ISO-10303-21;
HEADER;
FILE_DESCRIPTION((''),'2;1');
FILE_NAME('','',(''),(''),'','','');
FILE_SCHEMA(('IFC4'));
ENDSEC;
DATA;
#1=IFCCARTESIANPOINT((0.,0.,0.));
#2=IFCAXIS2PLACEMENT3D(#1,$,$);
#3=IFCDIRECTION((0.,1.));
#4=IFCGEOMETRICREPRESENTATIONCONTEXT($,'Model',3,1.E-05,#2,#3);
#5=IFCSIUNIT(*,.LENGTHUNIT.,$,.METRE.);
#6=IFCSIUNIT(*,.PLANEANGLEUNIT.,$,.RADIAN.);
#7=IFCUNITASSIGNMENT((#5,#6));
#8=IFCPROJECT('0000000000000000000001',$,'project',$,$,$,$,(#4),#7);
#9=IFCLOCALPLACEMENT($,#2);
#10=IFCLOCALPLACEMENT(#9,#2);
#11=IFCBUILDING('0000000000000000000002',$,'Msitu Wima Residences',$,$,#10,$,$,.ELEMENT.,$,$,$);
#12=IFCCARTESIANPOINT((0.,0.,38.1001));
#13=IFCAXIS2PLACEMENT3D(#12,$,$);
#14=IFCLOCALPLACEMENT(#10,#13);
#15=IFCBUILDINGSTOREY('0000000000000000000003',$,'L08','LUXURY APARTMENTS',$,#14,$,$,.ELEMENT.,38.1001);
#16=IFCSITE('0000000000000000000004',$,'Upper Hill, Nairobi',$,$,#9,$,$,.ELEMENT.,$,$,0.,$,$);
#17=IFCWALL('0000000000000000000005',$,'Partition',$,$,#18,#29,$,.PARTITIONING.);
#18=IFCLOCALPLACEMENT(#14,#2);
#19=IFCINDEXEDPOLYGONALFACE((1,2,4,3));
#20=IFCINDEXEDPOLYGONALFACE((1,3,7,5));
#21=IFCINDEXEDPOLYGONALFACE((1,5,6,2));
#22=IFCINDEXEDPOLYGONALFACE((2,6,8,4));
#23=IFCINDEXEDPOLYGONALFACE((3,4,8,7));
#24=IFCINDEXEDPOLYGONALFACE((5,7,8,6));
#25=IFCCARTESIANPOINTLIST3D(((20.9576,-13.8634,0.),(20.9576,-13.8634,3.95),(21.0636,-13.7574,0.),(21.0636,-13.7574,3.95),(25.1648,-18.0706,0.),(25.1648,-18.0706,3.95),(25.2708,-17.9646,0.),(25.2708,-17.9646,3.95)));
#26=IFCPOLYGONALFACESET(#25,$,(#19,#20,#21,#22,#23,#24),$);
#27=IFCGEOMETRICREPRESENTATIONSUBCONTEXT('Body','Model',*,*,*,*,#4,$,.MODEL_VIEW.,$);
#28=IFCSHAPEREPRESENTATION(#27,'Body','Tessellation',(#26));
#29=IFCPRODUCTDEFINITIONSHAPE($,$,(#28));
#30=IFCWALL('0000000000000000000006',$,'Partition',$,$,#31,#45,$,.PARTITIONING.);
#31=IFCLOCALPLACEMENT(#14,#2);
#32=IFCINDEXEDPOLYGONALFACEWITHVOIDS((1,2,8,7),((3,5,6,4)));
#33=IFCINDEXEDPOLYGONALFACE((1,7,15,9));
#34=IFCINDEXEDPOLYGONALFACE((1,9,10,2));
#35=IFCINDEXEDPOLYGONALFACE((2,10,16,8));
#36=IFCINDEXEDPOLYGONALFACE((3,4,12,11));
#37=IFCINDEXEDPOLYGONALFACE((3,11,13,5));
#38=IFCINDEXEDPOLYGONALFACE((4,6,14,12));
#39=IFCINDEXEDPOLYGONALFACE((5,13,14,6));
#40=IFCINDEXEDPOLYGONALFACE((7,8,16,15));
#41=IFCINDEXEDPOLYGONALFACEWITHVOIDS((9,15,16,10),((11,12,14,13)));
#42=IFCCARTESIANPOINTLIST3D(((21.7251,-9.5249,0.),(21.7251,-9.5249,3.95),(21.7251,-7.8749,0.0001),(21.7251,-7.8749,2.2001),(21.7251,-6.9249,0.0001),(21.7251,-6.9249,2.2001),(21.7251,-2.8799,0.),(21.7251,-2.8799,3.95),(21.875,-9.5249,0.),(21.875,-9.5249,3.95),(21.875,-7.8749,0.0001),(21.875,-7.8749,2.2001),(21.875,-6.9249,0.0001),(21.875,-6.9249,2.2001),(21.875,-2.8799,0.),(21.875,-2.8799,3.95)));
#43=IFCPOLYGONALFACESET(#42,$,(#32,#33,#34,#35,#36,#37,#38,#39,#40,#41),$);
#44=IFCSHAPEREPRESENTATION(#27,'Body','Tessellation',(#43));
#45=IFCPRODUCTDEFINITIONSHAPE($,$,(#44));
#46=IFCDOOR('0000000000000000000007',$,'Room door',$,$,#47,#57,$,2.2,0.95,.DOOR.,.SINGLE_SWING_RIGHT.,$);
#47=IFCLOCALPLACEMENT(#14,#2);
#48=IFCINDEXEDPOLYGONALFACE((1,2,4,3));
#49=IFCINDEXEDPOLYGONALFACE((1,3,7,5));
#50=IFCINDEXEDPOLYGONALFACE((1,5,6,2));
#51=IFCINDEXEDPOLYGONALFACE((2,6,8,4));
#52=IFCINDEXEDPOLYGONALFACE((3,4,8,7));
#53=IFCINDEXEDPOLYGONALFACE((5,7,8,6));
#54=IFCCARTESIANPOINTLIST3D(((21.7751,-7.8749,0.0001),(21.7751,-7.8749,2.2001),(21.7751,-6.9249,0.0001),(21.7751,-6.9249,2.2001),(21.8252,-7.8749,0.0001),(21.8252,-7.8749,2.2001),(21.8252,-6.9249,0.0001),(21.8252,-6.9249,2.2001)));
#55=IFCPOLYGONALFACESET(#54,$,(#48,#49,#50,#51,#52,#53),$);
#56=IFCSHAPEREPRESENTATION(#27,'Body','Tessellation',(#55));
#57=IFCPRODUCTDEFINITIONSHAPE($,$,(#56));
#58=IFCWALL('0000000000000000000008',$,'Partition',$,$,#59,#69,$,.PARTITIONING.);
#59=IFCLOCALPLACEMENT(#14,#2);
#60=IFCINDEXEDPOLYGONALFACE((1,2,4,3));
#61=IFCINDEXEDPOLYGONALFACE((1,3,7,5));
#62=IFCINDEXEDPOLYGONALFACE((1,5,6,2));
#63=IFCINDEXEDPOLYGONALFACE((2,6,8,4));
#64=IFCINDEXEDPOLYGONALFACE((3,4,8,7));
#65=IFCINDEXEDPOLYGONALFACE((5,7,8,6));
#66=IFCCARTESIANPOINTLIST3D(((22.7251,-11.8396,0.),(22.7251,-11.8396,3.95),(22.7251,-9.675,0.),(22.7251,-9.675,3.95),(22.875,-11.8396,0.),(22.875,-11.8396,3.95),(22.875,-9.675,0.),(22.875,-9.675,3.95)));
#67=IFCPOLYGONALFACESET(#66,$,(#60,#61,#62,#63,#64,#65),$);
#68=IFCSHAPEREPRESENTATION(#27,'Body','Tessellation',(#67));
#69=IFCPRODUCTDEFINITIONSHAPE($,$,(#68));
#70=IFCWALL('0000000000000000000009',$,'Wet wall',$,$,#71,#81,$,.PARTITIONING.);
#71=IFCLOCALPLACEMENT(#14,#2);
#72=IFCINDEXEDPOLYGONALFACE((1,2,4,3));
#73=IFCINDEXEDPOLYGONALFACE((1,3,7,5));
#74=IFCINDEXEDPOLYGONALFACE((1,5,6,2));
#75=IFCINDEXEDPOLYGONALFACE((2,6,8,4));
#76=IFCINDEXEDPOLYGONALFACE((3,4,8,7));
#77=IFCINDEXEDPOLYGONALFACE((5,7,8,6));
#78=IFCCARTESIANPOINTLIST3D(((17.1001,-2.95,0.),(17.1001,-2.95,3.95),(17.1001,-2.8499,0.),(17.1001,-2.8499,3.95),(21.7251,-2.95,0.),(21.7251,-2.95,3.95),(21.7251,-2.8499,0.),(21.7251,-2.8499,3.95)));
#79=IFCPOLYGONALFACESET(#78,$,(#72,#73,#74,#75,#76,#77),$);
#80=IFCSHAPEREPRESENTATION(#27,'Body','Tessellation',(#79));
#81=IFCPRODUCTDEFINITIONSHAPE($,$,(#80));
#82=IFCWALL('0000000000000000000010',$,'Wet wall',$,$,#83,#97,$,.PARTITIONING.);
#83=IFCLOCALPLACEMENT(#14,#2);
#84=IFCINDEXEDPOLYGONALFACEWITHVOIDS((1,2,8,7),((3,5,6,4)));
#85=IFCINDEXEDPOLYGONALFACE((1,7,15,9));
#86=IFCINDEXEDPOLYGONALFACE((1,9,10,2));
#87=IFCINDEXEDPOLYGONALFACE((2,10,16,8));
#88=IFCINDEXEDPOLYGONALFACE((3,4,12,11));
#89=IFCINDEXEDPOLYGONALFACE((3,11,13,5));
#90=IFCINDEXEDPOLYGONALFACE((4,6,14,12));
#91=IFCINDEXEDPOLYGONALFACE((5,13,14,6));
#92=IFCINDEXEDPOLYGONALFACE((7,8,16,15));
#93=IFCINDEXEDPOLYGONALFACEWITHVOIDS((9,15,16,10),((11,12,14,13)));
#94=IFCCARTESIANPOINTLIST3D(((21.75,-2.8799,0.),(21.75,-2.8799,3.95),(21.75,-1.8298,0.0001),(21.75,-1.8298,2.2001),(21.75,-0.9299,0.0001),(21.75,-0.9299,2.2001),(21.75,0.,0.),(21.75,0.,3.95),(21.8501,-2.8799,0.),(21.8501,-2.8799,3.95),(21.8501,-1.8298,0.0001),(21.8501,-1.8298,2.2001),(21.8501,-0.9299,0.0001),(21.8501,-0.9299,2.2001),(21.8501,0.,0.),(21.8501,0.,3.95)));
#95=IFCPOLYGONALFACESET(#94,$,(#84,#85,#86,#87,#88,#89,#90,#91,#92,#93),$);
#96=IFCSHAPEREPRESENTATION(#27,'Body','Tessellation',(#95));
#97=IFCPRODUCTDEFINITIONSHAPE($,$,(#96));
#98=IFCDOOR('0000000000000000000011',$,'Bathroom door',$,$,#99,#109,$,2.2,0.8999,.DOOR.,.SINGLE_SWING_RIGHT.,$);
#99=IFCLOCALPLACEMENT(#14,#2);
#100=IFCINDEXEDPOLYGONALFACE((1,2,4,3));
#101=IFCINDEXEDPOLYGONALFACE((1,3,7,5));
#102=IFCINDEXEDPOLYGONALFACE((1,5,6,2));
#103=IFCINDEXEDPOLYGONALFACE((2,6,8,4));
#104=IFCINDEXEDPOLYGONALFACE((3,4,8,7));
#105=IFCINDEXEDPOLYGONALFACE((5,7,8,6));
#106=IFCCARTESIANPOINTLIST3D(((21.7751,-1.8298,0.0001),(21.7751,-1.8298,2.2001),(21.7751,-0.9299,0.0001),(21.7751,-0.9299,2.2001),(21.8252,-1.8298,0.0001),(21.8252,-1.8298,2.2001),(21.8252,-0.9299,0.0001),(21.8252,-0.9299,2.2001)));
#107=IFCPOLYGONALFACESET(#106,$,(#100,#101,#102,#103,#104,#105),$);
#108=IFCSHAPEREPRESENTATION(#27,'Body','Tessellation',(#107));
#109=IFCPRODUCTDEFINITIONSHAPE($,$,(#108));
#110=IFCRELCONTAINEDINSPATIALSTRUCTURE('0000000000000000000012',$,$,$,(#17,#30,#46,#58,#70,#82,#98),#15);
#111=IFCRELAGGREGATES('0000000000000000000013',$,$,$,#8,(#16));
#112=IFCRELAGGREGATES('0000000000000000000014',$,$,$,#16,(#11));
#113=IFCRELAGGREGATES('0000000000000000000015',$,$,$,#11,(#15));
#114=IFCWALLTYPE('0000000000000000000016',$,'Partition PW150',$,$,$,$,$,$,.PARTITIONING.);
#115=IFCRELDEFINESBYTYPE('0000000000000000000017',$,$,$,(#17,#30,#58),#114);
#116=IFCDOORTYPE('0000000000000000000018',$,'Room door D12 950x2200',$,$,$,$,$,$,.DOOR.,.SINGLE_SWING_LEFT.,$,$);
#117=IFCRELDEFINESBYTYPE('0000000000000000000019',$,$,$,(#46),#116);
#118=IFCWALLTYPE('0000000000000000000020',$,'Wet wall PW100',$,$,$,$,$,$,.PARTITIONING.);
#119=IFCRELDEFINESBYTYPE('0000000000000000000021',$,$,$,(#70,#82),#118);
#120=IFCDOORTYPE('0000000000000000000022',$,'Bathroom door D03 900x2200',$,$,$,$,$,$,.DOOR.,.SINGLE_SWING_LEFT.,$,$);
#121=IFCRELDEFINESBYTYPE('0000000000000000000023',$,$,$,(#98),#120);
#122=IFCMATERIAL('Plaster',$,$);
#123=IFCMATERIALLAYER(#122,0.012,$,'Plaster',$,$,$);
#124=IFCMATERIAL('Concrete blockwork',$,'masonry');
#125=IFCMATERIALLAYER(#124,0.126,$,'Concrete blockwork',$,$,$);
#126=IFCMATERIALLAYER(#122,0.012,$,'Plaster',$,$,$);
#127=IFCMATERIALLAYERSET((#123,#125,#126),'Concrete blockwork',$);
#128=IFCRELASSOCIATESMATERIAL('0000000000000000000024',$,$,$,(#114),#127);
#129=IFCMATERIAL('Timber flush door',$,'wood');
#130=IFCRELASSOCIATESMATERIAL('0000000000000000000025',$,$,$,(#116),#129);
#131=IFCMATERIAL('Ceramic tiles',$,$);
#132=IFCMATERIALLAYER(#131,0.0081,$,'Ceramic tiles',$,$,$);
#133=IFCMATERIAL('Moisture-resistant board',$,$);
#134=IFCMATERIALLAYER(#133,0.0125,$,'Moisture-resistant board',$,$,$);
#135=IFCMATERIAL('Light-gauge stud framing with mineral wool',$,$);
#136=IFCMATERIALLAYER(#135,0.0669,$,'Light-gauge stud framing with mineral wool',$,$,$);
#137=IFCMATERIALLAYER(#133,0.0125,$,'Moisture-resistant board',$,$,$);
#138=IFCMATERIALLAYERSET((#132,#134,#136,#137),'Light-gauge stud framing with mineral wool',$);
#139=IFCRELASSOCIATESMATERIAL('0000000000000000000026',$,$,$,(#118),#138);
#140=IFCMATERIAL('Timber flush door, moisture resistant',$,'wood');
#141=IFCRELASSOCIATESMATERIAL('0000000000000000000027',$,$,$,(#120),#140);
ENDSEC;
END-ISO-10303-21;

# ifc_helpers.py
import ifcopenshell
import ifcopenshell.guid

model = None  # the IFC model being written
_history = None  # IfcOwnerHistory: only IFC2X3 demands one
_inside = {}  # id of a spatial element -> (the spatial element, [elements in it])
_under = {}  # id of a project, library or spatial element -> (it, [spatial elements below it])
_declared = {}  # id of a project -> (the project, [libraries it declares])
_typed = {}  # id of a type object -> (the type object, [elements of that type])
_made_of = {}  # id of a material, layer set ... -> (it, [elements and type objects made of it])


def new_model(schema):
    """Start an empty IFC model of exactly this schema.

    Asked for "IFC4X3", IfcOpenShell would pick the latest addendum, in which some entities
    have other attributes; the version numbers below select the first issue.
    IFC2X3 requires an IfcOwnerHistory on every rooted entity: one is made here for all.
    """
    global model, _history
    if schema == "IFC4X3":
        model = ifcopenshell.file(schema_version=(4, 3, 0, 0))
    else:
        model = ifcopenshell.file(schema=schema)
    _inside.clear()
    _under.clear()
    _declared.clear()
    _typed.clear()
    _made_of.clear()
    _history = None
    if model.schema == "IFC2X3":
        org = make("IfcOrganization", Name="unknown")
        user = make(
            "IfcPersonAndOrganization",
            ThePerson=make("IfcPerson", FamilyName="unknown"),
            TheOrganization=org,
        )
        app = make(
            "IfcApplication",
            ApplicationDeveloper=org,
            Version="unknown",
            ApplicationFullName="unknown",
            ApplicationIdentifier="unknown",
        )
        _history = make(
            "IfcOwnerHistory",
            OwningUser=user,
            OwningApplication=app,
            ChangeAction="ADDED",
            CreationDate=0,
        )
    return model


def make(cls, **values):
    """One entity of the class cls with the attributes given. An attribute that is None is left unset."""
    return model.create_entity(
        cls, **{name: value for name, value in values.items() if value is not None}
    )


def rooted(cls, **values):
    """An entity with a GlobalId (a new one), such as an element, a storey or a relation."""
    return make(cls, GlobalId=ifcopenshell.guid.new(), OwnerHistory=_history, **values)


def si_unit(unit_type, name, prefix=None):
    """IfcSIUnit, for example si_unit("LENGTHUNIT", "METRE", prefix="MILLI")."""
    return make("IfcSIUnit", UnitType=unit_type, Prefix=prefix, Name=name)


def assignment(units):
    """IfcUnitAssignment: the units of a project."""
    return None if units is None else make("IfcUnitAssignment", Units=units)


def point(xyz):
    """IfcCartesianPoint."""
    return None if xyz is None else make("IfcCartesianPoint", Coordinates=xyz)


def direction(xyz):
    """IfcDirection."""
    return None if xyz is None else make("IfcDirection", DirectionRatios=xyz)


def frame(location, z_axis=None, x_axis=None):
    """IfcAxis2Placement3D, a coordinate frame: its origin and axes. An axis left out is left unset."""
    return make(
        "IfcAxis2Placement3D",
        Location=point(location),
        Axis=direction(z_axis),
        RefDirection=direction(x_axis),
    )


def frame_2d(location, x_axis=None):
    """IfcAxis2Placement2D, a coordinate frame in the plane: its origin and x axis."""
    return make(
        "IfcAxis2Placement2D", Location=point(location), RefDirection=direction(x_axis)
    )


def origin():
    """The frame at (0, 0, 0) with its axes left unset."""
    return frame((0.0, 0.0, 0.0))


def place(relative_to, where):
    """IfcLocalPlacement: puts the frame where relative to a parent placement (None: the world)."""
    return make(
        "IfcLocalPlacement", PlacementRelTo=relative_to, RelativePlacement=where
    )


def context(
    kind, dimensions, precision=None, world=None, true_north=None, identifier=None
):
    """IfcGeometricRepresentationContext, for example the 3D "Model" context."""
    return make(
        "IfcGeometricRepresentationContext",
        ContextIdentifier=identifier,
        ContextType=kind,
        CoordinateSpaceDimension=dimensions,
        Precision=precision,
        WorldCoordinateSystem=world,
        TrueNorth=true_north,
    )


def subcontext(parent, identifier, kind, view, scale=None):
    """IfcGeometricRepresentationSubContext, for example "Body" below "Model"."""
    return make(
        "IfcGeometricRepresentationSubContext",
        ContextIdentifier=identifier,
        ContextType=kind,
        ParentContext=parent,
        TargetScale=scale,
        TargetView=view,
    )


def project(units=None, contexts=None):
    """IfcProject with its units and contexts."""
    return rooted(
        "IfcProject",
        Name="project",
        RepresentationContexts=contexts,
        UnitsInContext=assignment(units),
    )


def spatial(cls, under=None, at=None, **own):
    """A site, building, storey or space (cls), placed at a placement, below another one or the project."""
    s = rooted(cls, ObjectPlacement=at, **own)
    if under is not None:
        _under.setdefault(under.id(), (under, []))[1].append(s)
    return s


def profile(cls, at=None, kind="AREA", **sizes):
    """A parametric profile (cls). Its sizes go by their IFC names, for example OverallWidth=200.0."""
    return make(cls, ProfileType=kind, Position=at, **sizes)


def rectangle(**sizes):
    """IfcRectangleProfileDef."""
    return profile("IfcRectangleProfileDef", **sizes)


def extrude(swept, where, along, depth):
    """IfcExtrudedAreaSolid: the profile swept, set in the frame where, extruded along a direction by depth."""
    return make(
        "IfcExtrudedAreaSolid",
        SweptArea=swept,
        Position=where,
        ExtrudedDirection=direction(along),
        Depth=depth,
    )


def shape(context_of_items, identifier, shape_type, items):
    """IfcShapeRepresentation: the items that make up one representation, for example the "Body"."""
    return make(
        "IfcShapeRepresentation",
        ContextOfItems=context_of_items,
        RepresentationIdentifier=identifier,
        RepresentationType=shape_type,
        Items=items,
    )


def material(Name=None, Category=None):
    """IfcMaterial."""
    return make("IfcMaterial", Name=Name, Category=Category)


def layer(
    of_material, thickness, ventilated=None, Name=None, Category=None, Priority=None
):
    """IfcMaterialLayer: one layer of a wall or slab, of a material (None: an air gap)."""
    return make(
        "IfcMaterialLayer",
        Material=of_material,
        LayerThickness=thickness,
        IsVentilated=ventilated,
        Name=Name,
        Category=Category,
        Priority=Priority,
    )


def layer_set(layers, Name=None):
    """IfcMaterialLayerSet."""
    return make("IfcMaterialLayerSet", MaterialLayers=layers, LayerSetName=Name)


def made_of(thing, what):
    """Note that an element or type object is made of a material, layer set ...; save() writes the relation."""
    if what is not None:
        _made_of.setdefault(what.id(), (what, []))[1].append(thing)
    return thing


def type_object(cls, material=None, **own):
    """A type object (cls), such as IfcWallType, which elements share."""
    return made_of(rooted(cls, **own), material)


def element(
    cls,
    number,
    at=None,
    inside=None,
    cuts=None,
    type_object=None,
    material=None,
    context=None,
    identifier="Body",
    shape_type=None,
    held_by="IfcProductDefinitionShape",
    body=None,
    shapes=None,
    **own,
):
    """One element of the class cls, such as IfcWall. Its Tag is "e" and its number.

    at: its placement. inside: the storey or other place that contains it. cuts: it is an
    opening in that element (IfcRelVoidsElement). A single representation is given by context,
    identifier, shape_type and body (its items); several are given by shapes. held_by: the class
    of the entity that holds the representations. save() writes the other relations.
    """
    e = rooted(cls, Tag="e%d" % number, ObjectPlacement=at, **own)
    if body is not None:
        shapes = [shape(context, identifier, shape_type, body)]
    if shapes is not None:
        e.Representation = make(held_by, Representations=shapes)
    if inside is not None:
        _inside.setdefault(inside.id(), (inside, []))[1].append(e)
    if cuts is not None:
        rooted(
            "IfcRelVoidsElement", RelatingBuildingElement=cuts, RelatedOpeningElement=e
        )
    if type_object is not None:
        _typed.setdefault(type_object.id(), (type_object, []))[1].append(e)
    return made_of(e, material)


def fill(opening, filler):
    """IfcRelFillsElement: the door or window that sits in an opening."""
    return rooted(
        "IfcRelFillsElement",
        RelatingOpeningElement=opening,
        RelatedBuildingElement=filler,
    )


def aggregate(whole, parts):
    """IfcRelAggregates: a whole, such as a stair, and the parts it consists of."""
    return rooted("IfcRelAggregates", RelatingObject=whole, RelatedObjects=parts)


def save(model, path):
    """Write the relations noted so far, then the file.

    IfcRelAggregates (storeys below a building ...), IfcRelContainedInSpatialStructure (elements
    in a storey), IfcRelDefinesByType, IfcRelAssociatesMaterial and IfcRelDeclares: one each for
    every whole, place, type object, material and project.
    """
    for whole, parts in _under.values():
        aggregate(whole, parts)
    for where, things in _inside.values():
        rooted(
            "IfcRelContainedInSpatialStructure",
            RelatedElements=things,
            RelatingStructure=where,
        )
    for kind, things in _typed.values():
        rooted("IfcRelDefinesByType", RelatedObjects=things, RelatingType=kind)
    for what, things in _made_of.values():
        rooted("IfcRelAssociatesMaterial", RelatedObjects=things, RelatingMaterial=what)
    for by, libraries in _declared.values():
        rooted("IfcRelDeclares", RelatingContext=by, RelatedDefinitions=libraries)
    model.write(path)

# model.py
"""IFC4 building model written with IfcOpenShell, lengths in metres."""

from ifc_helpers import new_model, si_unit, direction, frame, frame_2d, origin, place, context, subcontext, project, spatial, rectangle, extrude, material, layer, layer_set, type_object, element, fill, save


model = new_model("IFC4")

# Units and contexts
model_context = context("Model", 3, precision=1e-05, world=origin(), true_north=direction((0.0, 1.0)))
body_context = subcontext(model_context, "Body", "Model", "MODEL_VIEW")
ifc_project = project(units=[si_unit("LENGTHUNIT", "METRE"), si_unit("PLANEANGLEUNIT", "RADIAN")], contexts=[model_context])

# Site, building, storey
site_placement = place(None, origin())
site = spatial("IfcSite", under=ifc_project, at=site_placement, Name="Upper Hill, Nairobi", CompositionType="ELEMENT", RefElevation=0.0)
building_placement = place(site_placement, origin())
building = spatial("IfcBuilding", under=site, at=building_placement, Name="Msitu Wima Residences", CompositionType="ELEMENT")
storey_placement = place(building_placement, frame((0.0, 0.0, 38.1001)))
storey = spatial("IfcBuildingStorey", under=building, at=storey_placement, Name="L08", Description="LUXURY APARTMENTS", CompositionType="ELEMENT", Elevation=38.1001)

# Shared definitions
ifc_material_1 = material(Name="Plaster")
ifc_material_2 = material(Name="Concrete blockwork", Category="masonry")
ifc_layer_1 = layer(ifc_material_1, 0.012, Name="Plaster")
ifc_layer_2 = layer(ifc_material_2, 0.126, Name="Concrete blockwork")
ifc_layer_3 = layer(ifc_material_1, 0.012, Name="Plaster")
ifc_layer_set_1 = layer_set([ifc_layer_1, ifc_layer_2, ifc_layer_3], Name="Concrete blockwork")
wall_type_1 = type_object("IfcWallType", Name="Partition PW150", PredefinedType="PARTITIONING", material=ifc_layer_set_1)
ifc_material_3 = material(Name="Timber flush door", Category="wood")
door_type_1 = type_object("IfcDoorType", Name="Room door D12 950x2200", OperationType="SINGLE_SWING_LEFT", PredefinedType="DOOR", material=ifc_material_3)

# Wall
wall_1_placement = place(storey_placement, frame((21.0105, -13.8103, 0.0), z_axis=(0.0, 0.0, 1.0), x_axis=(0.707107, -0.707107, 0.0)))
element("IfcWall", 1, at=wall_1_placement, inside=storey, type_object=wall_type_1, Name="Partition", PredefinedType="PARTITIONING", context=body_context, shape_type="SweptSolid", body=[
    extrude(rectangle(XDim=5.95, YDim=0.1499, at=frame_2d((2.9751, 0.0))), origin(), (0.0, 0.0, 1.0), 3.95),
])

# Wall, opening, door
wall_2_placement = place(storey_placement, frame((21.8, -9.5249, 0.0), z_axis=(0.0, 0.0, 1.0), x_axis=(0.0, 1.0, 0.0)))
wall_2 = element("IfcWall", 2, at=wall_2_placement, inside=storey, type_object=wall_type_1, Name="Partition", PredefinedType="PARTITIONING", context=body_context, shape_type="SweptSolid", body=[
    extrude(rectangle(XDim=6.645, YDim=0.1499, at=frame_2d((3.3225, 0.0))), origin(), (0.0, 0.0, 1.0), 3.95),
])
opening_1_placement = place(wall_2_placement, frame((1.6499, 0.0, 0.0)))
opening_1 = element("IfcOpeningElement", 3, at=opening_1_placement, cuts=wall_2, PredefinedType="OPENING", context=body_context, shape_type="SweptSolid", body=[
    extrude(rectangle(XDim=0.95, YDim=2.2, at=frame_2d((0.4751, 1.1001))), frame((0.0, 0.085, 0.0), z_axis=(0.0, -1.0, 0.0), x_axis=(1.0, 0.0, 0.0)), (0.0, 0.0, 1.0), 0.1699),
])
door_1_placement = place(opening_1_placement, origin())
door_1 = element("IfcDoor", 4, at=door_1_placement, inside=storey, type_object=door_type_1, Name="Room door", OperationType="SINGLE_SWING_RIGHT", OverallHeight=2.2, OverallWidth=0.95, PredefinedType="DOOR", context=body_context, shape_type="SweptSolid", body=[
    extrude(rectangle(XDim=0.95, YDim=2.2, at=frame_2d((0.4751, 1.1001))), frame((0.0, 0.0249, 0.0), z_axis=(0.0, -1.0, 0.0), x_axis=(1.0, 0.0, 0.0)), (0.0, 0.0, 1.0), 0.05),
])
fill(opening_1, door_1)

# Walls
wall_3_placement = place(storey_placement, frame((22.8, -11.8396, 0.0), z_axis=(0.0, 0.0, 1.0), x_axis=(0.0, 1.0, 0.0)))
element("IfcWall", 5, at=wall_3_placement, inside=storey, type_object=wall_type_1, Name="Partition", PredefinedType="PARTITIONING", context=body_context, shape_type="SweptSolid", body=[
    extrude(rectangle(XDim=2.1646, YDim=0.1499, at=frame_2d((1.0823, 0.0))), origin(), (0.0, 0.0, 1.0), 3.95),
])
ifc_material_4 = material(Name="Ceramic tiles")
ifc_layer_4 = layer(ifc_material_4, 0.0081, Name="Ceramic tiles")
ifc_material_5 = material(Name="Moisture-resistant board")
ifc_layer_5 = layer(ifc_material_5, 0.0125, Name="Moisture-resistant board")
ifc_material_6 = material(Name="Light-gauge stud framing with mineral wool")
ifc_layer_6 = layer(ifc_material_6, 0.0669, Name="Light-gauge stud framing with mineral wool")
ifc_layer_7 = layer(ifc_material_5, 0.0125, Name="Moisture-resistant board")
ifc_layer_set_2 = layer_set([ifc_layer_4, ifc_layer_5, ifc_layer_6, ifc_layer_7], Name="Light-gauge stud framing with mineral wool")
wall_type_2 = type_object("IfcWallType", Name="Wet wall PW100", PredefinedType="PARTITIONING", material=ifc_layer_set_2)
wall_4_placement = place(storey_placement, frame((17.1001, -2.8999, 0.0), z_axis=(0.0, 0.0, 1.0), x_axis=(1.0, 0.0, 0.0)))
element("IfcWall", 6, at=wall_4_placement, inside=storey, type_object=wall_type_2, Name="Wet wall", PredefinedType="PARTITIONING", context=body_context, shape_type="SweptSolid", body=[
    extrude(rectangle(XDim=4.625, YDim=0.1001, at=frame_2d((2.3125, 0.0))), origin(), (0.0, 0.0, 1.0), 3.95),
])

# Wall, opening, door
wall_5_placement = place(storey_placement, frame((21.8, -2.8799, 0.0), z_axis=(0.0, 0.0, 1.0), x_axis=(0.0, 1.0, 0.0)))
wall_5 = element("IfcWall", 7, at=wall_5_placement, inside=storey, type_object=wall_type_2, Name="Wet wall", PredefinedType="PARTITIONING", context=body_context, shape_type="SweptSolid", body=[
    extrude(rectangle(XDim=2.8799, YDim=0.1001, at=frame_2d((1.4399, 0.0))), origin(), (0.0, 0.0, 1.0), 3.95),
])
opening_2_placement = place(wall_5_placement, frame((1.05, 0.0, 0.0)))
opening_2 = element("IfcOpeningElement", 8, at=opening_2_placement, cuts=wall_5, PredefinedType="OPENING", context=body_context, shape_type="SweptSolid", body=[
    extrude(rectangle(XDim=0.8999, YDim=2.2, at=frame_2d((0.45, 1.1001))), frame((0.0, 0.0601, 0.0), z_axis=(0.0, -1.0, 0.0), x_axis=(1.0, 0.0, 0.0)), (0.0, 0.0, 1.0), 0.1201),
])
ifc_material_7 = material(Name="Timber flush door, moisture resistant", Category="wood")
door_type_2 = type_object("IfcDoorType", Name="Bathroom door D03 900x2200", OperationType="SINGLE_SWING_LEFT", PredefinedType="DOOR", material=ifc_material_7)
door_2_placement = place(opening_2_placement, origin())
door_2 = element("IfcDoor", 9, at=door_2_placement, inside=storey, type_object=door_type_2, Name="Bathroom door", OperationType="SINGLE_SWING_RIGHT", OverallHeight=2.2, OverallWidth=0.8999, PredefinedType="DOOR", context=body_context, shape_type="SweptSolid", body=[
    extrude(rectangle(XDim=0.8999, YDim=2.2, at=frame_2d((0.45, 1.1001))), frame((0.0, 0.0249, 0.0), z_axis=(0.0, -1.0, 0.0), x_axis=(1.0, 0.0, 0.0)), (0.0, 0.0, 1.0), 0.05),
])
fill(opening_2, door_2)

save(model, "model.ifc")
